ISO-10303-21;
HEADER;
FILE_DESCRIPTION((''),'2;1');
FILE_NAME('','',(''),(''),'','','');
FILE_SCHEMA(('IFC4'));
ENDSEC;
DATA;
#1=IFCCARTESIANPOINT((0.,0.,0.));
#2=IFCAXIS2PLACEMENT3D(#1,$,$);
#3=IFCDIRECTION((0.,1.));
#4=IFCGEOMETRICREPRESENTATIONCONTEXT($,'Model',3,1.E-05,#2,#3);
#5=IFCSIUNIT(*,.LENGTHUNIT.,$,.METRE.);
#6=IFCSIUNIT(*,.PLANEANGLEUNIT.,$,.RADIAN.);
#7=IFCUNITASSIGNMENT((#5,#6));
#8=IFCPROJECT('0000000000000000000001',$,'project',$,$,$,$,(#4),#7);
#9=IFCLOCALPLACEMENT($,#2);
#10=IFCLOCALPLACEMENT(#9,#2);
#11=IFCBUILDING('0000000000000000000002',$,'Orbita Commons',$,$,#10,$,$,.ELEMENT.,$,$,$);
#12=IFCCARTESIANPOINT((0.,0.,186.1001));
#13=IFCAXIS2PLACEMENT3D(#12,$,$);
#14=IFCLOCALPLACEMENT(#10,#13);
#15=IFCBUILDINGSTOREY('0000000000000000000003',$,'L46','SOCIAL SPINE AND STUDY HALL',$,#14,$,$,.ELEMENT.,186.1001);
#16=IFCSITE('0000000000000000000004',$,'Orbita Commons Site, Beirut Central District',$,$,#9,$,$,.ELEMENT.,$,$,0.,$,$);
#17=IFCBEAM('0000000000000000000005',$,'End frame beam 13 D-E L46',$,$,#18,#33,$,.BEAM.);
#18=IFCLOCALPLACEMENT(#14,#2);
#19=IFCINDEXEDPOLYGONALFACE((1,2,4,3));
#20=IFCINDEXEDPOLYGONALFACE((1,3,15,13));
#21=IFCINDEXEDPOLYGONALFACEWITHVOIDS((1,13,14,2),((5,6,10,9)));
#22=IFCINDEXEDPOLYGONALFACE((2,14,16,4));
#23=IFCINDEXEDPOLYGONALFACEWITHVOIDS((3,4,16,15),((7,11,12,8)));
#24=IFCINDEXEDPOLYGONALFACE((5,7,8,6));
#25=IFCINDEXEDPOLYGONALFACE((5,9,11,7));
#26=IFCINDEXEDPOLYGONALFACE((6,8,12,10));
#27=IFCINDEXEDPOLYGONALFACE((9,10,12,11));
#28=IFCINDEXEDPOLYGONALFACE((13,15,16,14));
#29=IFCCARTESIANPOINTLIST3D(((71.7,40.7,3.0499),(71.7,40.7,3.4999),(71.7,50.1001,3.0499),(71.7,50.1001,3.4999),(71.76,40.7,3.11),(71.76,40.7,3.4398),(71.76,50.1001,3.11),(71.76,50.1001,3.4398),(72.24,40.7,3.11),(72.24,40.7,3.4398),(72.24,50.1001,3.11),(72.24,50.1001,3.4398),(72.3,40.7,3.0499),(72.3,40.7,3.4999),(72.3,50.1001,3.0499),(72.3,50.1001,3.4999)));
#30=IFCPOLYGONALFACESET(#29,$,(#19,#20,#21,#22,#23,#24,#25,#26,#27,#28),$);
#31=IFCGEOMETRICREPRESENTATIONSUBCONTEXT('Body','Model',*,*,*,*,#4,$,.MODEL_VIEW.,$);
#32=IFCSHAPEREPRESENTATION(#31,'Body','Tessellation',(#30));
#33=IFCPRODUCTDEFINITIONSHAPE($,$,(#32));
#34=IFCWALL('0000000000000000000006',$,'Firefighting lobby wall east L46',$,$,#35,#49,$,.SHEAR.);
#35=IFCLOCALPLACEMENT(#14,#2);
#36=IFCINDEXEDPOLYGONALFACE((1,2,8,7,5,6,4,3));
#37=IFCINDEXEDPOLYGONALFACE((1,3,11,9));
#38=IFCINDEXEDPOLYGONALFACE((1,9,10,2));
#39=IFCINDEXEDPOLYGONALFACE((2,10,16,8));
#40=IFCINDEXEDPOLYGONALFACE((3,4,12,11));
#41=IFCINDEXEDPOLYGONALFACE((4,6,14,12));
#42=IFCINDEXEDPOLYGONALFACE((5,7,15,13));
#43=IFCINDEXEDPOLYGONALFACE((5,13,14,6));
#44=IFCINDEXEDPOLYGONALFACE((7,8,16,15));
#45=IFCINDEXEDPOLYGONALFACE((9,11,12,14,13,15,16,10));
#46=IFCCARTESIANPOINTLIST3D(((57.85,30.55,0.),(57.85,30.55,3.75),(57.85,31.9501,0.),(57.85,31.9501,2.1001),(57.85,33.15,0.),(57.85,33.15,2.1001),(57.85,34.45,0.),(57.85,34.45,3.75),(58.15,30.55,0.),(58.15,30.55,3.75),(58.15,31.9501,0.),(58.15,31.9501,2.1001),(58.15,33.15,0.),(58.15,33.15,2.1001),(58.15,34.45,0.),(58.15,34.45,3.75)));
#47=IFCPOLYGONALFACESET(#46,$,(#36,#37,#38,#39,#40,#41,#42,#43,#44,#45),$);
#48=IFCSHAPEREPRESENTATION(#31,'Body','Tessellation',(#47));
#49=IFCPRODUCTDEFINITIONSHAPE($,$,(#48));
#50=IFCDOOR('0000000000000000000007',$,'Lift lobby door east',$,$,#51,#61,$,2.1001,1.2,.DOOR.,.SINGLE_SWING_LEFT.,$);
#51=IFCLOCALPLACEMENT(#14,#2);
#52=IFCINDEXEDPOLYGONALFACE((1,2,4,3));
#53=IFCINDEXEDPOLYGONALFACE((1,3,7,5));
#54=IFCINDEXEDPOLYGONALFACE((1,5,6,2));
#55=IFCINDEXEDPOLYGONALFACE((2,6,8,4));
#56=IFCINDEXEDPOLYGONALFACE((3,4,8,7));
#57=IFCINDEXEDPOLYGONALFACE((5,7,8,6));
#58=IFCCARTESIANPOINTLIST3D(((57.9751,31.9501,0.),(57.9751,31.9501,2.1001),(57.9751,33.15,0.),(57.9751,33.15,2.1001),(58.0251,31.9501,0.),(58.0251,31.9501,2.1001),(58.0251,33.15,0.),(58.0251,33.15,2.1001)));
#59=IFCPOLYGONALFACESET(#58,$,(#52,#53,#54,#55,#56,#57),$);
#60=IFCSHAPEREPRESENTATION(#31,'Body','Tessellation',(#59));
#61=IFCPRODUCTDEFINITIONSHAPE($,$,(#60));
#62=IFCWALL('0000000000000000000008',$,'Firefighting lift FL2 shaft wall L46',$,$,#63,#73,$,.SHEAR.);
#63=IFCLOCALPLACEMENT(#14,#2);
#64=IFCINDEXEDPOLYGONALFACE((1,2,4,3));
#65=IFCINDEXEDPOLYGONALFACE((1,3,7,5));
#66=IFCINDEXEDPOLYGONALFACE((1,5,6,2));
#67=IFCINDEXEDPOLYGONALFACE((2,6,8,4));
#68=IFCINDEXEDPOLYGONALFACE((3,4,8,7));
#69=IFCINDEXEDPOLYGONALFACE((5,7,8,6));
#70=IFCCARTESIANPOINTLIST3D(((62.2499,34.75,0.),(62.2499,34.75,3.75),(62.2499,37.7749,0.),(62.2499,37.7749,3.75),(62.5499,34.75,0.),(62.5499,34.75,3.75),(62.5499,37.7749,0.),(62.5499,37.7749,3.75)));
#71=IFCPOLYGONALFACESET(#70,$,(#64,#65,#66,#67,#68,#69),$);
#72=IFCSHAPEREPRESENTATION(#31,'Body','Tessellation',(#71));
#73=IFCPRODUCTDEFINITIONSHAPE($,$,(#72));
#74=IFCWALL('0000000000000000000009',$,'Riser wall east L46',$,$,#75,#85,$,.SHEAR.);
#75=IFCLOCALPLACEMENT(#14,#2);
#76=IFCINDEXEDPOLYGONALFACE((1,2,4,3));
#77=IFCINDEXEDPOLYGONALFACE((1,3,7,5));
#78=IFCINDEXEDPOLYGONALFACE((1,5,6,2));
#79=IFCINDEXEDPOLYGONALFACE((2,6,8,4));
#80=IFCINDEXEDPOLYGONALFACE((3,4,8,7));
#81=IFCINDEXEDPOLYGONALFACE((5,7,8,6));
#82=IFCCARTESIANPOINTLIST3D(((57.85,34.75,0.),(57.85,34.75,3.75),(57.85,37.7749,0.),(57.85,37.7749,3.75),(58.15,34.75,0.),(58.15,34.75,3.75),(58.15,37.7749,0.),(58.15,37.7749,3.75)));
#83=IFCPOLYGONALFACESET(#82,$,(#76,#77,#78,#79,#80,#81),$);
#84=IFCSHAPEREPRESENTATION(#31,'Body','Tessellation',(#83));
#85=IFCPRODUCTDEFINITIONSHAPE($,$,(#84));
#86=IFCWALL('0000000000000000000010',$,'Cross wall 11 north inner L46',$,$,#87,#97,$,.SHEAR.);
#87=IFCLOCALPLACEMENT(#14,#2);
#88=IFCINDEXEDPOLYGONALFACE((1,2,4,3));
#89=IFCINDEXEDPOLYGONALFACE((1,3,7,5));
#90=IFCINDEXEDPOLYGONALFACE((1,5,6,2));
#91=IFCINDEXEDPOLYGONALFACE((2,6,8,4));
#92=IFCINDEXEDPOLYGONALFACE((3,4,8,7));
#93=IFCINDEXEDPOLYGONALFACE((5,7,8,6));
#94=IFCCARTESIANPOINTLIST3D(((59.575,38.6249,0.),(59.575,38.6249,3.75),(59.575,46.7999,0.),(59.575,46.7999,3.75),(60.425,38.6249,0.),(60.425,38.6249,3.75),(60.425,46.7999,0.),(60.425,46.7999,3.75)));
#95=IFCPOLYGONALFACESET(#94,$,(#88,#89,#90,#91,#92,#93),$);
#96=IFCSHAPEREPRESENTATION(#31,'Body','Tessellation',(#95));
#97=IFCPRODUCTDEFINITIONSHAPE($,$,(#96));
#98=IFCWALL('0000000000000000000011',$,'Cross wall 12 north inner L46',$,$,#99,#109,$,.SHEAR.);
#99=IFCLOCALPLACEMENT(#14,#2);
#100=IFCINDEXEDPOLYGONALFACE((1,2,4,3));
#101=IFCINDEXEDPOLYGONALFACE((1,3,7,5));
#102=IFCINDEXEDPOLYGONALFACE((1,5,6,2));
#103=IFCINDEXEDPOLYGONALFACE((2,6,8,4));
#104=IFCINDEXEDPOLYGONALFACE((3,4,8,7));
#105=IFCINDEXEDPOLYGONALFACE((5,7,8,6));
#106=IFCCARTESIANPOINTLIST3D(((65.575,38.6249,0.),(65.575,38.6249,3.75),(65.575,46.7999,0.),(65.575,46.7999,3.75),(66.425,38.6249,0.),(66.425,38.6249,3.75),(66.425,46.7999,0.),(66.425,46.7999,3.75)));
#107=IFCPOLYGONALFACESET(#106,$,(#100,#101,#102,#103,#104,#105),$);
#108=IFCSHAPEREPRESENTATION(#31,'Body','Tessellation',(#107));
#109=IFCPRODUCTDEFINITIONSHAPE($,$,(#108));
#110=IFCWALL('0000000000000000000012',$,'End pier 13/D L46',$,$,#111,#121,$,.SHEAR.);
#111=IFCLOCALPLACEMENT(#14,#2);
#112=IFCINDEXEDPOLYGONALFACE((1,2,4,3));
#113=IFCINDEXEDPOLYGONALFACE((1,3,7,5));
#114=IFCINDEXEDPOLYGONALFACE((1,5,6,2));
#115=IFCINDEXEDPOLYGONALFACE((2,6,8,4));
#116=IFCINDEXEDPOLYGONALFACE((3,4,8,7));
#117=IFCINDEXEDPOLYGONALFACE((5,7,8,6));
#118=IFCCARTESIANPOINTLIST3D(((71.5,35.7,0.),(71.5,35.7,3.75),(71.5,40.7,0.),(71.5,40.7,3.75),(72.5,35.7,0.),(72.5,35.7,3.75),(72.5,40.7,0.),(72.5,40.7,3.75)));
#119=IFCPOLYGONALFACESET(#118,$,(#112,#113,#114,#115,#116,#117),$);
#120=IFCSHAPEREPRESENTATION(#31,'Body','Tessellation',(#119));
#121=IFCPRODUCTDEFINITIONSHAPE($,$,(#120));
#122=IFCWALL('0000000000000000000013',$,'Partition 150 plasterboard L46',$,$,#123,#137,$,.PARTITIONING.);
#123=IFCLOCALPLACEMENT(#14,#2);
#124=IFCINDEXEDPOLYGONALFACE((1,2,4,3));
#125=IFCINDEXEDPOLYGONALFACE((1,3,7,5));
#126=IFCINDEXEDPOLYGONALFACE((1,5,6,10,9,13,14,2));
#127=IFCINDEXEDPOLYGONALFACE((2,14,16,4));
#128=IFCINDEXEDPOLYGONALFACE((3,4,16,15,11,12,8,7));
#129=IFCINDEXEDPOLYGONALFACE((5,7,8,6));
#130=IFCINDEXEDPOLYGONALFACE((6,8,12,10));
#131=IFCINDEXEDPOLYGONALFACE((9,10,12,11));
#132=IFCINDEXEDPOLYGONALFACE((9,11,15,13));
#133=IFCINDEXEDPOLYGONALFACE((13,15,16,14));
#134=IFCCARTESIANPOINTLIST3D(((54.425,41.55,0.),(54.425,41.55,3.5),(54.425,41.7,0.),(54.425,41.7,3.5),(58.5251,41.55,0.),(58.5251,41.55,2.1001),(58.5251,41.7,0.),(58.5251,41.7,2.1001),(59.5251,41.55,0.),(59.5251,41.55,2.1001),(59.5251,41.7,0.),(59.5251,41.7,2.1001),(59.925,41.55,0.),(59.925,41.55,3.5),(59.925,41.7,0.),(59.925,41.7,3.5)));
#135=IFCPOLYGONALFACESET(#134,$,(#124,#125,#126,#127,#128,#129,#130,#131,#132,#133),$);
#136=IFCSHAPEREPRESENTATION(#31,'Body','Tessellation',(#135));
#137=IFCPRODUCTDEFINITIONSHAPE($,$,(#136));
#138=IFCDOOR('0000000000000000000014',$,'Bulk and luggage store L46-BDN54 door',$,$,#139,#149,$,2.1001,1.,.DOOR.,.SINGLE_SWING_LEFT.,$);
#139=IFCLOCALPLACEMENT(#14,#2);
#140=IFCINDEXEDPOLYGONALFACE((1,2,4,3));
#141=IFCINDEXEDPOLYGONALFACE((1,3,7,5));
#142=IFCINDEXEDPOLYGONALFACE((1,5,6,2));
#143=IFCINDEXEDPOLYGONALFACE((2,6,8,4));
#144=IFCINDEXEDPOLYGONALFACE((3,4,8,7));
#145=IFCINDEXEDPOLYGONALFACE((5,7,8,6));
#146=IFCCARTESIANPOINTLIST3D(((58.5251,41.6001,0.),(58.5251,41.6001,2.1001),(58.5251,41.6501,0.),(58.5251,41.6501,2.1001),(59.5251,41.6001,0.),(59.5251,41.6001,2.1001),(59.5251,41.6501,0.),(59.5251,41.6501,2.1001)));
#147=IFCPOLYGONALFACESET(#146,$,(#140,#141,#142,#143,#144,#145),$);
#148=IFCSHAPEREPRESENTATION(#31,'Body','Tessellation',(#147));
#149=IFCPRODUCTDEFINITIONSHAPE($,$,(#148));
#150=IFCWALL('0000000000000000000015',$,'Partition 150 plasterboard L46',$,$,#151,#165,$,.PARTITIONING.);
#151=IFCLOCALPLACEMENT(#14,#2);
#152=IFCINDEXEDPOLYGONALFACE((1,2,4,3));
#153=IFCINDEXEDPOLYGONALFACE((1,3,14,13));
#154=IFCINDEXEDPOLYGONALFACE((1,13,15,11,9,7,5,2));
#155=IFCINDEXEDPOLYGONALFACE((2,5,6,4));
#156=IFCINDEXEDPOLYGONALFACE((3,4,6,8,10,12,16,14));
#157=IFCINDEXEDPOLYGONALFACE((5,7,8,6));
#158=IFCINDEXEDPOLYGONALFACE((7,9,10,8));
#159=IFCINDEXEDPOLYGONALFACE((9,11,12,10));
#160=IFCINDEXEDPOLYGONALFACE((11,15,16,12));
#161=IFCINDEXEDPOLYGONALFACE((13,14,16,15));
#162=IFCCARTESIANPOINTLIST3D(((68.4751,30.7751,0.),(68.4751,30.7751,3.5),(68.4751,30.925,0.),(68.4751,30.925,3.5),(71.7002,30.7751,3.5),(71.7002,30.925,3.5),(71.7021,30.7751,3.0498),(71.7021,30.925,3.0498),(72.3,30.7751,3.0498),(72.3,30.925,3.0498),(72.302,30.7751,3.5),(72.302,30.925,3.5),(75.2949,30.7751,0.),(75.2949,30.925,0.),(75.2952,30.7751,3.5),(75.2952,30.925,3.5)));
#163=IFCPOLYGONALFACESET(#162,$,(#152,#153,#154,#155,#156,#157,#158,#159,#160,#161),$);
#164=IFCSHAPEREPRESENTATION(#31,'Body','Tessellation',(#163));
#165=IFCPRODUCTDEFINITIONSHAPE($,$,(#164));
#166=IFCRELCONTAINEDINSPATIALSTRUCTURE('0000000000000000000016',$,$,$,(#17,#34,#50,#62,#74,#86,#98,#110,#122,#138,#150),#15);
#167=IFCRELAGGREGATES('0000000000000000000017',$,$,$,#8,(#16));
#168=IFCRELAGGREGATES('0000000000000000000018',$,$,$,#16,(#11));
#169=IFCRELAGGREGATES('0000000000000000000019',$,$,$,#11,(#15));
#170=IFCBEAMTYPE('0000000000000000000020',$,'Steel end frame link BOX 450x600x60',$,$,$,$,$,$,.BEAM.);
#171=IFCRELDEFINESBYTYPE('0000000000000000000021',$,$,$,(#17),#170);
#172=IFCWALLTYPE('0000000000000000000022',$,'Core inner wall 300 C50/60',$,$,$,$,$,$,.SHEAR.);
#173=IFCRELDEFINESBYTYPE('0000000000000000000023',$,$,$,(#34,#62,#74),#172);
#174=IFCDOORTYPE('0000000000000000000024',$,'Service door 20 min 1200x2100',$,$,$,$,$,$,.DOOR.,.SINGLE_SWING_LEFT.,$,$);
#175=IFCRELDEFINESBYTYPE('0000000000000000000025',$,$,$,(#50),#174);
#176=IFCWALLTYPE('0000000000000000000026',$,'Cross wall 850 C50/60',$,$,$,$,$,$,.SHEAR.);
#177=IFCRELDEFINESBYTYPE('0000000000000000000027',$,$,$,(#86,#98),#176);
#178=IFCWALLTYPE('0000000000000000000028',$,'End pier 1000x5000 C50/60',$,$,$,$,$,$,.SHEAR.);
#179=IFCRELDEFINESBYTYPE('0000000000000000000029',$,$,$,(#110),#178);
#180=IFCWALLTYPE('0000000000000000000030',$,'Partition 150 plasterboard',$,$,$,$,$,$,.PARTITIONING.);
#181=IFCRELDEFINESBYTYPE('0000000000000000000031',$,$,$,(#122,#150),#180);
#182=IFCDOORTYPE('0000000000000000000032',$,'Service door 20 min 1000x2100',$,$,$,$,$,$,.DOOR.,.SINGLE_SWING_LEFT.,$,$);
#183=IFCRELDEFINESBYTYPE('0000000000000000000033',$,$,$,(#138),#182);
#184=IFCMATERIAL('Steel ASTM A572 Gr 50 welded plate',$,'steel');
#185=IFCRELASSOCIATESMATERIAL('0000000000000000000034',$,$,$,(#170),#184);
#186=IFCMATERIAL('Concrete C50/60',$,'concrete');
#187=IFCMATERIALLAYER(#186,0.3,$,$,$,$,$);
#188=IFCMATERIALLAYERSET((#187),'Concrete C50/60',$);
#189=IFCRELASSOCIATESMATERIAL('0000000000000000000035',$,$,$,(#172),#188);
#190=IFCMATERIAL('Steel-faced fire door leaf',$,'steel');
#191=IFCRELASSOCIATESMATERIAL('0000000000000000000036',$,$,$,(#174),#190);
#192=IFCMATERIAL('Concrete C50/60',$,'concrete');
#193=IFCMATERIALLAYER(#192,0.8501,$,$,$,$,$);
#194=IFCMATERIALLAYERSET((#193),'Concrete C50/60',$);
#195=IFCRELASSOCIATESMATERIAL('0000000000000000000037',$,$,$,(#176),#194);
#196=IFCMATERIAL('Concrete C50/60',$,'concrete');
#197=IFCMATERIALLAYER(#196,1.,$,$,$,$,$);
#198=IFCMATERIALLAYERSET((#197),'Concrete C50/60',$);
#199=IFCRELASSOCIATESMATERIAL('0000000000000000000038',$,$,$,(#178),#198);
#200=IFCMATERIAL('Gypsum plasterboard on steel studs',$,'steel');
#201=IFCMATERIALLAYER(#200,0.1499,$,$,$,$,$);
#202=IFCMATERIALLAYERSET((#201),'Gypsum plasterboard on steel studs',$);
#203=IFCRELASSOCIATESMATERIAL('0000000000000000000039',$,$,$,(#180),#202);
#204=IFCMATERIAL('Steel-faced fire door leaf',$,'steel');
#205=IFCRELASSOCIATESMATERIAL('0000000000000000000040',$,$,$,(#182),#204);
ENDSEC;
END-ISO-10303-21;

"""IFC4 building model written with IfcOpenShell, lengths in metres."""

from ifc_helpers import new_model, si_unit, direction, frame, frame_2d, origin, origin_2d, place, context, subcontext, project, spatial, polyline, rectangle, hollow_rectangle, outline, extrude, material, layer, layer_set, material_profile, profile_set, type_object, element, fill, save


model = new_model("IFC4")

# Units and contexts
model_context = context("Model", 3, precision=1e-05, world=origin(), true_north=direction((0.0, 1.0)))
body_context = subcontext(model_context, "Body", "Model", "MODEL_VIEW")
ifc_project = project(units=[si_unit("LENGTHUNIT", "METRE"), si_unit("PLANEANGLEUNIT", "RADIAN")], contexts=[model_context])

# Site, building, storey
site_placement = place(None, origin())
site = spatial("IfcSite", under=ifc_project, at=site_placement, Name="Orbita Commons Site, Beirut Central District", CompositionType="ELEMENT", RefElevation=0.0)
building_placement = place(site_placement, origin())
building = spatial("IfcBuilding", under=site, at=building_placement, Name="Orbita Commons", CompositionType="ELEMENT")
storey_placement = place(building_placement, frame((0.0, 0.0, 186.1001)))
storey = spatial("IfcBuildingStorey", under=building, at=storey_placement, Name="L46", Description="SOCIAL SPINE AND STUDY HALL", CompositionType="ELEMENT", Elevation=186.1001)

# Beam
ifc_material_1 = material(Name="Steel ASTM A572 Gr 50 welded plate", Category="steel")
ifc_material_profile = material_profile(ifc_material_1, hollow_rectangle(XDim=0.6001, YDim=0.45, WallThickness=0.0601, at=origin_2d()), Name="BOX 450x600x60")
ifc_profile_set = profile_set([ifc_material_profile], Name="Steel ASTM A572 Gr 50 welded plate")
beam_type = type_object("IfcBeamType", Name="Steel end frame link BOX 450x600x60", PredefinedType="BEAM", material=ifc_profile_set)
beam_placement = place(storey_placement, frame((72.0, 40.7, 3.2749), z_axis=(0.0, 1.0, 0.0), x_axis=(-1.0, 0.0, 0.0)))
element("IfcBeam", 1, at=beam_placement, inside=storey, type_object=beam_type, Name="End frame beam 13 D-E L46", PredefinedType="BEAM", context=body_context, shape_type="SweptSolid", body=[
    extrude(hollow_rectangle(XDim=0.6001, YDim=0.45, WallThickness=0.0601, at=origin_2d()), origin(), (0.0, 0.0, 1.0), 9.4001),
])

# Wall, opening, door
ifc_material_2 = material(Name="Concrete C50/60", Category="concrete")
ifc_layer_1 = layer(ifc_material_2, 0.3)
ifc_layer_set_1 = layer_set([ifc_layer_1], Name="Concrete C50/60")
wall_type_1 = type_object("IfcWallType", Name="Core inner wall 300 C50/60", PredefinedType="SHEAR", material=ifc_layer_set_1)
wall_1_placement = place(storey_placement, frame((58.0, 30.55, 0.0), z_axis=(0.0, 0.0, 1.0), x_axis=(0.0, 1.0, 0.0)))
wall_1 = element("IfcWall", 2, at=wall_1_placement, inside=storey, type_object=wall_type_1, Name="Firefighting lobby wall east L46", PredefinedType="SHEAR", context=body_context, shape_type="SweptSolid", body=[
    extrude(rectangle(XDim=3.8999, YDim=0.3, at=frame_2d((1.95, 0.0))), origin(), (0.0, 0.0, 1.0), 3.75),
])
opening_1_placement = place(wall_1_placement, frame((1.3999, 0.0, 0.0)))
opening_1 = element("IfcOpeningElement", 3, at=opening_1_placement, cuts=wall_1, PredefinedType="OPENING", context=body_context, shape_type="SweptSolid", body=[
    extrude(rectangle(XDim=1.2, YDim=2.1001, at=frame_2d((0.6001, 1.05))), frame((0.0, 0.1599, 0.0), z_axis=(0.0, -1.0, 0.0), x_axis=(1.0, 0.0, 0.0)), (0.0, 0.0, 1.0), 0.3201),
])
ifc_material_3 = material(Name="Steel-faced fire door leaf", Category="steel")
door_type_1 = type_object("IfcDoorType", Name="Service door 20 min 1200x2100", OperationType="SINGLE_SWING_LEFT", PredefinedType="DOOR", material=ifc_material_3)
door_1_placement = place(opening_1_placement, origin())
door_1 = element("IfcDoor", 4, at=door_1_placement, inside=storey, type_object=door_type_1, Name="Lift lobby door east", OperationType="SINGLE_SWING_LEFT", OverallHeight=2.1001, OverallWidth=1.2, PredefinedType="DOOR", context=body_context, shape_type="SweptSolid", body=[
    extrude(rectangle(XDim=1.2, YDim=2.1001, at=frame_2d((0.6001, 1.05))), frame((0.0, 0.0249, 0.0), z_axis=(0.0, -1.0, 0.0), x_axis=(1.0, 0.0, 0.0)), (0.0, 0.0, 1.0), 0.05),
])
fill(opening_1, door_1)

# Walls
for number, where, z_axis, x_axis, name in (
    (5, (62.3999, 34.75, 0.0), (0.0, 0.0, 1.0), (0.0, 1.0, 0.0), "Firefighting lift FL2 shaft wall L46"),
    (6, (58.0, 34.75, 0.0), (0.0, 0.0, 1.0), (0.0, 1.0, 0.0), "Riser wall east L46"),
):
    element("IfcWall", number, at=place(storey_placement, frame(where, z_axis=z_axis, x_axis=x_axis)), inside=storey, type_object=wall_type_1, Name=name, PredefinedType="SHEAR", context=body_context, shape_type="SweptSolid", body=[
        extrude(rectangle(XDim=3.0249, YDim=0.3, at=frame_2d((1.5125, 0.0))), origin(), (0.0, 0.0, 1.0), 3.75),
    ])
ifc_material_4 = material(Name="Concrete C50/60", Category="concrete")
ifc_layer_2 = layer(ifc_material_4, 0.8501)
ifc_layer_set_2 = layer_set([ifc_layer_2], Name="Concrete C50/60")
wall_type_2 = type_object("IfcWallType", Name="Cross wall 850 C50/60", PredefinedType="SHEAR", material=ifc_layer_set_2)
for number, where, z_axis, x_axis, name in (
    (7, (60.0, 38.625, 0.0), (0.0, 0.0, 1.0), (0.0, 1.0, 0.0), "Cross wall 11 north inner L46"),
    (8, (66.0, 38.625, 0.0), (0.0, 0.0, 1.0), (0.0, 1.0, 0.0), "Cross wall 12 north inner L46"),
):
    element("IfcWall", number, at=place(storey_placement, frame(where, z_axis=z_axis, x_axis=x_axis)), inside=storey, type_object=wall_type_2, Name=name, PredefinedType="SHEAR", context=body_context, shape_type="SweptSolid", body=[
        extrude(rectangle(XDim=8.175, YDim=0.8501, at=frame_2d((4.0874, 0.0))), origin(), (0.0, 0.0, 1.0), 3.75),
    ])
ifc_material_5 = material(Name="Concrete C50/60", Category="concrete")
ifc_layer_3 = layer(ifc_material_5, 1.0)
ifc_layer_set_3 = layer_set([ifc_layer_3], Name="Concrete C50/60")
wall_type_3 = type_object("IfcWallType", Name="End pier 1000x5000 C50/60", PredefinedType="SHEAR", material=ifc_layer_set_3)
wall_2_placement = place(storey_placement, frame((72.0, 35.7, 0.0), z_axis=(0.0, 0.0, 1.0), x_axis=(0.0, 1.0, 0.0)))
element("IfcWall", 9, at=wall_2_placement, inside=storey, type_object=wall_type_3, Name="End pier 13/D L46", PredefinedType="SHEAR", context=body_context, shape_type="SweptSolid", body=[
    extrude(rectangle(XDim=5.0, YDim=1.0, at=frame_2d((2.5, 0.0))), origin(), (0.0, 0.0, 1.0), 3.75),
])

# Wall, opening, door
ifc_material_6 = material(Name="Gypsum plasterboard on steel studs", Category="steel")
ifc_layer_4 = layer(ifc_material_6, 0.1499)
ifc_layer_set_4 = layer_set([ifc_layer_4], Name="Gypsum plasterboard on steel studs")
wall_type_4 = type_object("IfcWallType", Name="Partition 150 plasterboard", PredefinedType="PARTITIONING", material=ifc_layer_set_4)
wall_3_placement = place(storey_placement, frame((59.925, 41.625, 0.0), z_axis=(0.0, 0.0, 1.0), x_axis=(-1.0, 0.0, 0.0)))
wall_3 = element("IfcWall", 10, at=wall_3_placement, inside=storey, type_object=wall_type_4, Name="Partition 150 plasterboard L46", PredefinedType="PARTITIONING", context=body_context, shape_type="SweptSolid", body=[
    extrude(rectangle(XDim=5.5, YDim=0.1499, at=frame_2d((2.75, 0.0))), origin(), (0.0, 0.0, 1.0), 3.5),
])
opening_2_placement = place(wall_3_placement, frame((0.3999, 0.0, 0.0)))
opening_2 = element("IfcOpeningElement", 11, at=opening_2_placement, cuts=wall_3, PredefinedType="OPENING", context=body_context, shape_type="SweptSolid", body=[
    extrude(rectangle(XDim=1.0, YDim=2.1001, at=frame_2d((0.5, 1.05))), frame((0.0, 0.085, 0.0), z_axis=(0.0, -1.0, 0.0), x_axis=(1.0, 0.0, 0.0)), (0.0, 0.0, 1.0), 0.1699),
])
ifc_material_7 = material(Name="Steel-faced fire door leaf", Category="steel")
door_type_2 = type_object("IfcDoorType", Name="Service door 20 min 1000x2100", OperationType="SINGLE_SWING_LEFT", PredefinedType="DOOR", material=ifc_material_7)
door_2_placement = place(opening_2_placement, origin())
door_2 = element("IfcDoor", 12, at=door_2_placement, inside=storey, type_object=door_type_2, Name="Bulk and luggage store L46-BDN54 door", OperationType="SINGLE_SWING_LEFT", OverallHeight=2.1001, OverallWidth=1.0, PredefinedType="DOOR", context=body_context, shape_type="SweptSolid", body=[
    extrude(rectangle(XDim=1.0, YDim=2.1001, at=frame_2d((0.5, 1.05))), frame((0.0, 0.0249, 0.0), z_axis=(0.0, -1.0, 0.0), x_axis=(1.0, 0.0, 0.0)), (0.0, 0.0, 1.0), 0.05),
])
fill(opening_2, door_2)

# Wall
wall_4_placement = place(storey_placement, frame((68.4751, 30.8501, 0.0), z_axis=(0.0, 0.0, 1.0), x_axis=(1.0, 0.0, 0.0)))
element("IfcWall", 13, at=wall_4_placement, inside=storey, type_object=wall_type_4, Name="Partition 150 plasterboard L46", PredefinedType="PARTITIONING", context=body_context, shape_type="SweptSolid", body=[
    extrude(outline(polyline([(0.0, 0.0), (6.8198, 0.0), (6.8201, 3.5), (3.8269, 3.5), (3.825, 3.0498), (3.2271, 3.0498), (3.2251, 3.5), (0.0, 3.5), (0.0, 0.0)])), frame((0.0, 0.075, 0.0), z_axis=(0.0, -1.0, 0.0), x_axis=(1.0, 0.0, 0.0)), (0.0, 0.0, 1.0), 0.1499),
])

save(model, "model.ifc")
